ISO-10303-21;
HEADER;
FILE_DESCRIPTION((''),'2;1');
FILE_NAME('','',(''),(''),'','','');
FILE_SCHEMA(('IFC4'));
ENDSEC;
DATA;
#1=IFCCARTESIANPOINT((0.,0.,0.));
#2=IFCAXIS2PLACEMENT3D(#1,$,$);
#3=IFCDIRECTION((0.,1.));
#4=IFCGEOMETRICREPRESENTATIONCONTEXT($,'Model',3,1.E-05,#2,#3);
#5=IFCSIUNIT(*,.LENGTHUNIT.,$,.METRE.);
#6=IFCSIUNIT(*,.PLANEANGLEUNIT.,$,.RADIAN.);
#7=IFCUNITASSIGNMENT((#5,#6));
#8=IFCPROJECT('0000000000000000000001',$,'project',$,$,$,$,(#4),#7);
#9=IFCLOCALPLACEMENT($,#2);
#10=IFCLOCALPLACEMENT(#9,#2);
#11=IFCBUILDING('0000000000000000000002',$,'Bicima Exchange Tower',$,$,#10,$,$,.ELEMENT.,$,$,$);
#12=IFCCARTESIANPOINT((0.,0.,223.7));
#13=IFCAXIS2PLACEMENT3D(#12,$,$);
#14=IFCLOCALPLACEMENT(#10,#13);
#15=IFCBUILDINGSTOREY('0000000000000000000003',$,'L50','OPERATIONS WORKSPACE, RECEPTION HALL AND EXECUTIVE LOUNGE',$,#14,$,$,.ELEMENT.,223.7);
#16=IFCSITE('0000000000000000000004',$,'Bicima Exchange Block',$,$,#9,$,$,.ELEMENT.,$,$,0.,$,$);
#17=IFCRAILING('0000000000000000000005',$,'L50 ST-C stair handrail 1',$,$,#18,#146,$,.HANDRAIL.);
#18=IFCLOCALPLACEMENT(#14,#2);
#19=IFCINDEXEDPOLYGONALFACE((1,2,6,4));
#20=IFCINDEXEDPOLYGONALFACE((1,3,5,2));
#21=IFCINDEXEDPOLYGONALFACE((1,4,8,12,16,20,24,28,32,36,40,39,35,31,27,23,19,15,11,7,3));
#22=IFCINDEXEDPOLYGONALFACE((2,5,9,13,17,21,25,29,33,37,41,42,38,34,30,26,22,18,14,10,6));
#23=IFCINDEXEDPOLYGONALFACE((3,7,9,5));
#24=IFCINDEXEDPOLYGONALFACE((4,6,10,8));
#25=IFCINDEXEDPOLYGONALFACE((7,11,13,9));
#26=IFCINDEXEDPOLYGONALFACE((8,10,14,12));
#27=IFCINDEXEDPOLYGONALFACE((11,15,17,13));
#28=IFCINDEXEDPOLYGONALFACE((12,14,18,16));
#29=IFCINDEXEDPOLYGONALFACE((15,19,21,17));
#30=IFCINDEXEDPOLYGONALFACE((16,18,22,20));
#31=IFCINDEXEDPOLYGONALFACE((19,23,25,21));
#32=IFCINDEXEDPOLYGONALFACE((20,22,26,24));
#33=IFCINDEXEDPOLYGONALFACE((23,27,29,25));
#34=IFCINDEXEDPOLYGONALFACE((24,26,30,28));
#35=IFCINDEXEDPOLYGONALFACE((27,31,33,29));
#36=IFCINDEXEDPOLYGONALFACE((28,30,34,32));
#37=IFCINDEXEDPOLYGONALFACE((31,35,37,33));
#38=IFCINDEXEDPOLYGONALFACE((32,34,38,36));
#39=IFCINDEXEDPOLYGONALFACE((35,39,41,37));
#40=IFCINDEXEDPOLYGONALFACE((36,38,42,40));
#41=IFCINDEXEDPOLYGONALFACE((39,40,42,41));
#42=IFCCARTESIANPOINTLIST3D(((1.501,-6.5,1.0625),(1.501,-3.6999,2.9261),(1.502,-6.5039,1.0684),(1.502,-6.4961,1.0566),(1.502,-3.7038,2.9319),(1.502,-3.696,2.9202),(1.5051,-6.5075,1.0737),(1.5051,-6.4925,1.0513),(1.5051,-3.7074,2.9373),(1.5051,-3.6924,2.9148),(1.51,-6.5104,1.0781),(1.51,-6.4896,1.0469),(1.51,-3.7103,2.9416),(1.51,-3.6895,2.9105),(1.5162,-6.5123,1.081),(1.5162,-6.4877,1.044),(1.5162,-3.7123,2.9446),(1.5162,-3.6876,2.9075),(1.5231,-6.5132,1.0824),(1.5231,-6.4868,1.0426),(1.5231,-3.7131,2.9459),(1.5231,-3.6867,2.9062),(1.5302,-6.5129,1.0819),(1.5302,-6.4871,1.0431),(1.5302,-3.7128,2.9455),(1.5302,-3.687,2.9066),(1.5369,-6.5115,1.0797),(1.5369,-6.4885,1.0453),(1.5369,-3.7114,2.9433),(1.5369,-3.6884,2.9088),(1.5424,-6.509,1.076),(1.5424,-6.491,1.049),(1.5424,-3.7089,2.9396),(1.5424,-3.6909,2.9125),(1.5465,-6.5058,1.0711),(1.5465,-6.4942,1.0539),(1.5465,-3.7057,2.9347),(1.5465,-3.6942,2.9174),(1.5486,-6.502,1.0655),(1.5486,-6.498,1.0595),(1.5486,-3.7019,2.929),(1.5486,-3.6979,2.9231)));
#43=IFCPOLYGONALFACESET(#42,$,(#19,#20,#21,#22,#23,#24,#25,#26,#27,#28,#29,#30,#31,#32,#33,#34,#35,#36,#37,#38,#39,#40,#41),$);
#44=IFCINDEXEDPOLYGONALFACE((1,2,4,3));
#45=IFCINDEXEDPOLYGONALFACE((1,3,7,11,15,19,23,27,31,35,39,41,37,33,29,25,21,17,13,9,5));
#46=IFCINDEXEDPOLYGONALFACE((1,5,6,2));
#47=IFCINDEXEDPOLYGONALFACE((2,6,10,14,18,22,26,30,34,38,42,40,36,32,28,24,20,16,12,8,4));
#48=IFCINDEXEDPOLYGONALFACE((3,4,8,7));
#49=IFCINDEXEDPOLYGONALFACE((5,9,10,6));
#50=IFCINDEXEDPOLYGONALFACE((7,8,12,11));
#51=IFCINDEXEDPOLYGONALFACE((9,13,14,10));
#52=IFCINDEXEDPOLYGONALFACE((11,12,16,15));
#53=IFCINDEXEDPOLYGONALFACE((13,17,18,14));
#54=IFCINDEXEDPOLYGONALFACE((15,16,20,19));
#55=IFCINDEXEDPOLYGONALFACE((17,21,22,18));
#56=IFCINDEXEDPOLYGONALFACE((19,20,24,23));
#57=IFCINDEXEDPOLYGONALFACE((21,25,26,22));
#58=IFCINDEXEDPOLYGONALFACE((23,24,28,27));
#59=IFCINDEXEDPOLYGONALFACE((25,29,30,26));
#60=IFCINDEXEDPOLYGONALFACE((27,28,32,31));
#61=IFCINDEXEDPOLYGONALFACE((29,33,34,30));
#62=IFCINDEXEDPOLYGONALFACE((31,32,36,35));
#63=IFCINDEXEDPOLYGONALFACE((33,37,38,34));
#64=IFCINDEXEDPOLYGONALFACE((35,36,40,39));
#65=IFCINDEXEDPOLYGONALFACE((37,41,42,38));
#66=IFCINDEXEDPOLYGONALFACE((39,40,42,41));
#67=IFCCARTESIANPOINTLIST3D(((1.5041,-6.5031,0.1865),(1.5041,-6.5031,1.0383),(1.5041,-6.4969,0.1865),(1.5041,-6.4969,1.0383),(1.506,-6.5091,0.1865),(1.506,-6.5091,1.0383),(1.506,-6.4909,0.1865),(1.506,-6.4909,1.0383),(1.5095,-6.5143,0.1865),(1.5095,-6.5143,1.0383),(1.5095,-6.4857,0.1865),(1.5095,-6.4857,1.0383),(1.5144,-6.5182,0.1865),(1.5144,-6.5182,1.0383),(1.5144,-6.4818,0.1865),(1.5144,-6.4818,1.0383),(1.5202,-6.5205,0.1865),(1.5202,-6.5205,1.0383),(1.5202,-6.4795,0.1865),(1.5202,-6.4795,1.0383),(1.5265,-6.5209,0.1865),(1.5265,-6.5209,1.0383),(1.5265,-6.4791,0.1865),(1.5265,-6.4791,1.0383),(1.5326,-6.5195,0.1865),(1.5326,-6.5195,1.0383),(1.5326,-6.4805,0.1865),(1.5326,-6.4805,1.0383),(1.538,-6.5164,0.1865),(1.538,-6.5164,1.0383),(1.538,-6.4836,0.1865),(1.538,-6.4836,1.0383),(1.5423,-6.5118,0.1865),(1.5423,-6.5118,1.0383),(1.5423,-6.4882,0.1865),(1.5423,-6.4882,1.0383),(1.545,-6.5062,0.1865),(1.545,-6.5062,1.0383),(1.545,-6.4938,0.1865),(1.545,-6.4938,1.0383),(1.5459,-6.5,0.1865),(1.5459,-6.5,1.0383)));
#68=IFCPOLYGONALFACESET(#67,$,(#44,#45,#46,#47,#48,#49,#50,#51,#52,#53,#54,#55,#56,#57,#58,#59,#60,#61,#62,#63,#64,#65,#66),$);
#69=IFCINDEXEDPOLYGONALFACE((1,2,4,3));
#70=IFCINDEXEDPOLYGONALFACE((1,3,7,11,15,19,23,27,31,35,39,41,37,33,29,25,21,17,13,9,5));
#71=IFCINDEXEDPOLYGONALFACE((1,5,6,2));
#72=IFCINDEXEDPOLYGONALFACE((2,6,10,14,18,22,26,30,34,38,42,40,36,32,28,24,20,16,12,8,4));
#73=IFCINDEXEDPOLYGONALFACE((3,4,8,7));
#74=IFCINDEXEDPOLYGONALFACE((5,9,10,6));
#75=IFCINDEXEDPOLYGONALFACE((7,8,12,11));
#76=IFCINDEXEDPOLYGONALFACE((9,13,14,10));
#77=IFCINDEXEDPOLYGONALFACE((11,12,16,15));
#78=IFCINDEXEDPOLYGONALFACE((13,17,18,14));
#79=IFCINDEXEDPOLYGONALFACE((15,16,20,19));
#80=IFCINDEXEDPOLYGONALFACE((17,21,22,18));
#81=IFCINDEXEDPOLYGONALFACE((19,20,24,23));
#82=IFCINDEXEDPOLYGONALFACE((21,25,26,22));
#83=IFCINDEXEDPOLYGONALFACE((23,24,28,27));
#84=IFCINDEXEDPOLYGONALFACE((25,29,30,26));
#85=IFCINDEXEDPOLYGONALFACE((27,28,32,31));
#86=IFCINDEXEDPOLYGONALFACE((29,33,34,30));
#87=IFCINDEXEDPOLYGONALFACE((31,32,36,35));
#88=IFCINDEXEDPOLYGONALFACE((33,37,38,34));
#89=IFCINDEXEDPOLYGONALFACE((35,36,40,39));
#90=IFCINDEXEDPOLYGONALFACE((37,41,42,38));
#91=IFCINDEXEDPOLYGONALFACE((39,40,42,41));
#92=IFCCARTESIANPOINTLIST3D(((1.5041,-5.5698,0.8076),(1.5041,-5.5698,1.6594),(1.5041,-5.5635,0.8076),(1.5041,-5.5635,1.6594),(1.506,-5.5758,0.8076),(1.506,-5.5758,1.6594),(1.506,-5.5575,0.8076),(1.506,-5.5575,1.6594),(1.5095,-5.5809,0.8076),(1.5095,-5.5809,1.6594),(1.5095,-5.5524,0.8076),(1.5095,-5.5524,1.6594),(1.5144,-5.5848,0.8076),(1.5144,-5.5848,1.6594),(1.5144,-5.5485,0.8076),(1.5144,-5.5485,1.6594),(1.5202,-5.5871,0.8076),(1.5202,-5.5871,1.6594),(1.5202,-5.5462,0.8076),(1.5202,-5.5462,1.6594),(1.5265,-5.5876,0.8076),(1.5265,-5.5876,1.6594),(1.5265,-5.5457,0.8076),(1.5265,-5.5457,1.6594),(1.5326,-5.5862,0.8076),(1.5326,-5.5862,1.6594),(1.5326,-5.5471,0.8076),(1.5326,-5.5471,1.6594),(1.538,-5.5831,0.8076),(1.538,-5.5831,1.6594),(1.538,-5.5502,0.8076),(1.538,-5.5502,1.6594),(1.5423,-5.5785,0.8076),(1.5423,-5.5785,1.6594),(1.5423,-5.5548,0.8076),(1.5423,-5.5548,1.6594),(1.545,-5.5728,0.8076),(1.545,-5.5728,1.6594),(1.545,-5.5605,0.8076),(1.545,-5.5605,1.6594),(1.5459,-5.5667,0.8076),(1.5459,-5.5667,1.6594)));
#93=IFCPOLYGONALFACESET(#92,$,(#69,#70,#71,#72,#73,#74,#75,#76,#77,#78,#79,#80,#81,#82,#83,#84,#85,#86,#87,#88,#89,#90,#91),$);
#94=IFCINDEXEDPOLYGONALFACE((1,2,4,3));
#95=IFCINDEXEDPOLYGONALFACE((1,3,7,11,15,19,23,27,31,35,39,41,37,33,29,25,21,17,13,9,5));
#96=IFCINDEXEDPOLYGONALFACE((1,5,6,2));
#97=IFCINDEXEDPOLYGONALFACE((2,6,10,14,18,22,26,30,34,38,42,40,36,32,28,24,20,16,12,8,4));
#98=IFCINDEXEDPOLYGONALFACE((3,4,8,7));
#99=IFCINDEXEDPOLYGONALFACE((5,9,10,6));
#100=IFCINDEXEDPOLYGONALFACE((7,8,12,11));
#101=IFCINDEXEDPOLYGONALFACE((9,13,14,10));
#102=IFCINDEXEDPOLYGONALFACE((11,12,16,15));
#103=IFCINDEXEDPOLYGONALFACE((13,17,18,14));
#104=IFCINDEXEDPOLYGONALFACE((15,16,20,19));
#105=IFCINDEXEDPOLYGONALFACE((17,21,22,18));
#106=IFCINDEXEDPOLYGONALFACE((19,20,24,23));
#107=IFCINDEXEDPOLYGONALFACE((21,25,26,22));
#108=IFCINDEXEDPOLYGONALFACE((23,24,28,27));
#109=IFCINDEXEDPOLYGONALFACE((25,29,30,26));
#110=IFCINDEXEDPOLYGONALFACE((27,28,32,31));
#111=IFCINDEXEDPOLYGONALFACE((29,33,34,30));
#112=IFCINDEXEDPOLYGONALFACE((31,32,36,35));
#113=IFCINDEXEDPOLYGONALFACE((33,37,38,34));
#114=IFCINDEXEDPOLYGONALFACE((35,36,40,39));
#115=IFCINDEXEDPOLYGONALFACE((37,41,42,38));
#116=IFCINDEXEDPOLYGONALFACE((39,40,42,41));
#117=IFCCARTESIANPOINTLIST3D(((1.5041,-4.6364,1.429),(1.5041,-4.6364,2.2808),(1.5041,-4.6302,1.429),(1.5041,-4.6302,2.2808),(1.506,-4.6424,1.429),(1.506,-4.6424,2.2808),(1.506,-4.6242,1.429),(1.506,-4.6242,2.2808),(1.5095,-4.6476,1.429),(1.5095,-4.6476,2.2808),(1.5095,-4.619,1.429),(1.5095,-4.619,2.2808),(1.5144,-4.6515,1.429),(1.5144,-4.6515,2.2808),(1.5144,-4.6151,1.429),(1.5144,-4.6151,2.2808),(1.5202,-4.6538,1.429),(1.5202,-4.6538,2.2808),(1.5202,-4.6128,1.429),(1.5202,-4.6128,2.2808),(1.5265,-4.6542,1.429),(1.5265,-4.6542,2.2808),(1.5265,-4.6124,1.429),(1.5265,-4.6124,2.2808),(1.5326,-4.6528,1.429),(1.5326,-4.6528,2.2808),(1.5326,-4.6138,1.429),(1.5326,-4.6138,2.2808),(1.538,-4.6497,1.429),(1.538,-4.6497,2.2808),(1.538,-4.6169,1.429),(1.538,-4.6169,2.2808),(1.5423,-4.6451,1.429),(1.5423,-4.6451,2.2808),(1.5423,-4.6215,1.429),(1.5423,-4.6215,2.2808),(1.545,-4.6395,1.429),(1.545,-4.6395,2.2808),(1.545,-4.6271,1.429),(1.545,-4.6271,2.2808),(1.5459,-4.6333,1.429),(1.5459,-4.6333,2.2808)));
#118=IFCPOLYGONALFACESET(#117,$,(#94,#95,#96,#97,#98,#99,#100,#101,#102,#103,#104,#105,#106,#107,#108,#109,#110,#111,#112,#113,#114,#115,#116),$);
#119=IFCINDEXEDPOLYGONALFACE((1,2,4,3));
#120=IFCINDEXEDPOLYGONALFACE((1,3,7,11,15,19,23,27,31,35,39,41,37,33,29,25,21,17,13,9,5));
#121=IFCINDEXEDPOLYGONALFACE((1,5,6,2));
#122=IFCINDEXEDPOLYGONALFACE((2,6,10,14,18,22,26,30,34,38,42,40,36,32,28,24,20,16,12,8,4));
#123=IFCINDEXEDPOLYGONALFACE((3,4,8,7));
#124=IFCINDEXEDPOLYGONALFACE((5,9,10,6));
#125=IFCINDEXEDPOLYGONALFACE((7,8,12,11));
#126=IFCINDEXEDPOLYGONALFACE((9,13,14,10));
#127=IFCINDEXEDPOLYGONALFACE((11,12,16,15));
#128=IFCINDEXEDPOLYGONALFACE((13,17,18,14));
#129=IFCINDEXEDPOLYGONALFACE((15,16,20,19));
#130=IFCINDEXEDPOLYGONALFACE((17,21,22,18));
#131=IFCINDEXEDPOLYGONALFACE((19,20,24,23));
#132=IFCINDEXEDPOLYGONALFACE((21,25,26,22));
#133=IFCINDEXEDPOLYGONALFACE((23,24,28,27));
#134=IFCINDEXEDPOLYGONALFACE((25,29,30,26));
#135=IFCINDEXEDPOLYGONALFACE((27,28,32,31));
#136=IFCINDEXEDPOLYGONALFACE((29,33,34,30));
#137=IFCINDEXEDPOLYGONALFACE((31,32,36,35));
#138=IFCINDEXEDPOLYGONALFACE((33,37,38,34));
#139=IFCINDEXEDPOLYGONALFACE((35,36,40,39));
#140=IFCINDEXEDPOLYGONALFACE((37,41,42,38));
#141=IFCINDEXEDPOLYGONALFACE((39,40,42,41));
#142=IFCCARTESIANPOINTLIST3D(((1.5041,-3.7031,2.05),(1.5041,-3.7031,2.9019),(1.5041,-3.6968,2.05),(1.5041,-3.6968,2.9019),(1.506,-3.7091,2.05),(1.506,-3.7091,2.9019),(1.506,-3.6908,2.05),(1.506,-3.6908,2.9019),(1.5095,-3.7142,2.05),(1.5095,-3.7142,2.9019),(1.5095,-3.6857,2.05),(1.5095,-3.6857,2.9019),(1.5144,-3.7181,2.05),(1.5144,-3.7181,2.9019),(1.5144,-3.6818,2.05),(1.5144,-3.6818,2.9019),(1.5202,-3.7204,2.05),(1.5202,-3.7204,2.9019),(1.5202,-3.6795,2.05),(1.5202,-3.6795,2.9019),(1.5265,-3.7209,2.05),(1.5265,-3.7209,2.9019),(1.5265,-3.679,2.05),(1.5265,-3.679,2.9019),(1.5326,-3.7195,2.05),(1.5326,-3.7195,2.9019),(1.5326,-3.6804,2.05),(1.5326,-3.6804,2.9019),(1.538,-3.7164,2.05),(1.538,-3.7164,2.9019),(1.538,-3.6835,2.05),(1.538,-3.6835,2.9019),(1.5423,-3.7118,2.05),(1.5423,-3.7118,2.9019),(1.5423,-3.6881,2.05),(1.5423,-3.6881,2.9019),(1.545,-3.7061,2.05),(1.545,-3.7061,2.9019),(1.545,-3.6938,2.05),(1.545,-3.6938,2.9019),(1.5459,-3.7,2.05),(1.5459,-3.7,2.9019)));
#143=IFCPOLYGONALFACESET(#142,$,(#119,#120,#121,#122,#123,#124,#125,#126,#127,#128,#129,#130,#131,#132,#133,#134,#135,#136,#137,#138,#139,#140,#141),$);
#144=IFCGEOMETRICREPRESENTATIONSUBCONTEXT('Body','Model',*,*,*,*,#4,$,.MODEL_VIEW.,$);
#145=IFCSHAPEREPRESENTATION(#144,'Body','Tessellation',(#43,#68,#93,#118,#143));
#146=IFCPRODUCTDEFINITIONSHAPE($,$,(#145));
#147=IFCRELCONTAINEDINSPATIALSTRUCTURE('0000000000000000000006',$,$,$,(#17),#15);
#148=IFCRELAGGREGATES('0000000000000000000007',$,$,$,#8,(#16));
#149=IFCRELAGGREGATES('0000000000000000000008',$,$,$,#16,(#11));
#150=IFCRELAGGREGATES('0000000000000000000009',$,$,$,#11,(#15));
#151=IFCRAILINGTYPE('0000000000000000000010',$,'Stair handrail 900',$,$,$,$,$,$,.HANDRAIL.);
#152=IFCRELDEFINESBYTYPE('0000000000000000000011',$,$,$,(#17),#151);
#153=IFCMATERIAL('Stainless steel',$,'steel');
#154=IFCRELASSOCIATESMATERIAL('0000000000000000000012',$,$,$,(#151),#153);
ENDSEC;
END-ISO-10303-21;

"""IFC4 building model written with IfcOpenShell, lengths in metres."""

from ifc_helpers import new_model, si_unit, direction, frame, origin, origin_2d, place, context, subcontext, project, spatial, circle, extrude, material, type_object, element, save


model = new_model("IFC4")

# Units and contexts
model_context = context("Model", 3, precision=1e-05, world=origin(), true_north=direction((0.0, 1.0)))
body_context = subcontext(model_context, "Body", "Model", "MODEL_VIEW")
ifc_project = project(units=[si_unit("LENGTHUNIT", "METRE"), si_unit("PLANEANGLEUNIT", "RADIAN")], contexts=[model_context])

# Site, building, storey
site_placement = place(None, origin())
site = spatial("IfcSite", under=ifc_project, at=site_placement, Name="Bicima Exchange Block", CompositionType="ELEMENT", RefElevation=0.0)
building_placement = place(site_placement, origin())
building = spatial("IfcBuilding", under=site, at=building_placement, Name="Bicima Exchange Tower", CompositionType="ELEMENT")
storey_placement = place(building_placement, frame((0.0, 0.0, 223.7)))
storey = spatial("IfcBuildingStorey", under=building, at=storey_placement, Name="L50", Description="OPERATIONS WORKSPACE, RECEPTION HALL AND EXECUTIVE LOUNGE", CompositionType="ELEMENT", Elevation=223.7)

# Shared definitions
ifc_material_1 = material(Name="Stainless steel", Category="steel")

# Railing
railing_type_1 = type_object("IfcRailingType", Name="Stair handrail 900", PredefinedType="HANDRAIL", material=ifc_material_1)
railing_1_placement = place(storey_placement, frame((1.5249, -6.5, 0.1865)))
element("IfcRailing", 1, at=railing_1_placement, inside=storey, type_object=railing_type_1, Name="L50 ST-C stair handrail 1", PredefinedType="HANDRAIL", context=body_context, shape_type="SweptSolid", body=[
    extrude(circle(Radius=0.0239, at=origin_2d()), frame((0.0, 0.0, 0.876), z_axis=(0.0, 0.832486, 0.554047), x_axis=(-1.0, 0.0, 0.0)), (0.0, 0.0, 1.0), 3.3635),
    extrude(circle(Radius=0.021, at=origin_2d()), origin(), (0.0, 0.0, 1.0), 0.8518),
    extrude(circle(Radius=0.021, at=origin_2d()), frame((0.0, 0.9333, 0.6211)), (0.0, 0.0, 1.0), 0.8518),
    extrude(circle(Radius=0.021, at=origin_2d()), frame((0.0, 1.8667, 1.2424)), (0.0, 0.0, 1.0), 0.8518),
    extrude(circle(Radius=0.021, at=origin_2d()), frame((0.0, 2.8, 1.8635)), (0.0, 0.0, 1.0), 0.8518),
])

save(model, "model.ifc")
